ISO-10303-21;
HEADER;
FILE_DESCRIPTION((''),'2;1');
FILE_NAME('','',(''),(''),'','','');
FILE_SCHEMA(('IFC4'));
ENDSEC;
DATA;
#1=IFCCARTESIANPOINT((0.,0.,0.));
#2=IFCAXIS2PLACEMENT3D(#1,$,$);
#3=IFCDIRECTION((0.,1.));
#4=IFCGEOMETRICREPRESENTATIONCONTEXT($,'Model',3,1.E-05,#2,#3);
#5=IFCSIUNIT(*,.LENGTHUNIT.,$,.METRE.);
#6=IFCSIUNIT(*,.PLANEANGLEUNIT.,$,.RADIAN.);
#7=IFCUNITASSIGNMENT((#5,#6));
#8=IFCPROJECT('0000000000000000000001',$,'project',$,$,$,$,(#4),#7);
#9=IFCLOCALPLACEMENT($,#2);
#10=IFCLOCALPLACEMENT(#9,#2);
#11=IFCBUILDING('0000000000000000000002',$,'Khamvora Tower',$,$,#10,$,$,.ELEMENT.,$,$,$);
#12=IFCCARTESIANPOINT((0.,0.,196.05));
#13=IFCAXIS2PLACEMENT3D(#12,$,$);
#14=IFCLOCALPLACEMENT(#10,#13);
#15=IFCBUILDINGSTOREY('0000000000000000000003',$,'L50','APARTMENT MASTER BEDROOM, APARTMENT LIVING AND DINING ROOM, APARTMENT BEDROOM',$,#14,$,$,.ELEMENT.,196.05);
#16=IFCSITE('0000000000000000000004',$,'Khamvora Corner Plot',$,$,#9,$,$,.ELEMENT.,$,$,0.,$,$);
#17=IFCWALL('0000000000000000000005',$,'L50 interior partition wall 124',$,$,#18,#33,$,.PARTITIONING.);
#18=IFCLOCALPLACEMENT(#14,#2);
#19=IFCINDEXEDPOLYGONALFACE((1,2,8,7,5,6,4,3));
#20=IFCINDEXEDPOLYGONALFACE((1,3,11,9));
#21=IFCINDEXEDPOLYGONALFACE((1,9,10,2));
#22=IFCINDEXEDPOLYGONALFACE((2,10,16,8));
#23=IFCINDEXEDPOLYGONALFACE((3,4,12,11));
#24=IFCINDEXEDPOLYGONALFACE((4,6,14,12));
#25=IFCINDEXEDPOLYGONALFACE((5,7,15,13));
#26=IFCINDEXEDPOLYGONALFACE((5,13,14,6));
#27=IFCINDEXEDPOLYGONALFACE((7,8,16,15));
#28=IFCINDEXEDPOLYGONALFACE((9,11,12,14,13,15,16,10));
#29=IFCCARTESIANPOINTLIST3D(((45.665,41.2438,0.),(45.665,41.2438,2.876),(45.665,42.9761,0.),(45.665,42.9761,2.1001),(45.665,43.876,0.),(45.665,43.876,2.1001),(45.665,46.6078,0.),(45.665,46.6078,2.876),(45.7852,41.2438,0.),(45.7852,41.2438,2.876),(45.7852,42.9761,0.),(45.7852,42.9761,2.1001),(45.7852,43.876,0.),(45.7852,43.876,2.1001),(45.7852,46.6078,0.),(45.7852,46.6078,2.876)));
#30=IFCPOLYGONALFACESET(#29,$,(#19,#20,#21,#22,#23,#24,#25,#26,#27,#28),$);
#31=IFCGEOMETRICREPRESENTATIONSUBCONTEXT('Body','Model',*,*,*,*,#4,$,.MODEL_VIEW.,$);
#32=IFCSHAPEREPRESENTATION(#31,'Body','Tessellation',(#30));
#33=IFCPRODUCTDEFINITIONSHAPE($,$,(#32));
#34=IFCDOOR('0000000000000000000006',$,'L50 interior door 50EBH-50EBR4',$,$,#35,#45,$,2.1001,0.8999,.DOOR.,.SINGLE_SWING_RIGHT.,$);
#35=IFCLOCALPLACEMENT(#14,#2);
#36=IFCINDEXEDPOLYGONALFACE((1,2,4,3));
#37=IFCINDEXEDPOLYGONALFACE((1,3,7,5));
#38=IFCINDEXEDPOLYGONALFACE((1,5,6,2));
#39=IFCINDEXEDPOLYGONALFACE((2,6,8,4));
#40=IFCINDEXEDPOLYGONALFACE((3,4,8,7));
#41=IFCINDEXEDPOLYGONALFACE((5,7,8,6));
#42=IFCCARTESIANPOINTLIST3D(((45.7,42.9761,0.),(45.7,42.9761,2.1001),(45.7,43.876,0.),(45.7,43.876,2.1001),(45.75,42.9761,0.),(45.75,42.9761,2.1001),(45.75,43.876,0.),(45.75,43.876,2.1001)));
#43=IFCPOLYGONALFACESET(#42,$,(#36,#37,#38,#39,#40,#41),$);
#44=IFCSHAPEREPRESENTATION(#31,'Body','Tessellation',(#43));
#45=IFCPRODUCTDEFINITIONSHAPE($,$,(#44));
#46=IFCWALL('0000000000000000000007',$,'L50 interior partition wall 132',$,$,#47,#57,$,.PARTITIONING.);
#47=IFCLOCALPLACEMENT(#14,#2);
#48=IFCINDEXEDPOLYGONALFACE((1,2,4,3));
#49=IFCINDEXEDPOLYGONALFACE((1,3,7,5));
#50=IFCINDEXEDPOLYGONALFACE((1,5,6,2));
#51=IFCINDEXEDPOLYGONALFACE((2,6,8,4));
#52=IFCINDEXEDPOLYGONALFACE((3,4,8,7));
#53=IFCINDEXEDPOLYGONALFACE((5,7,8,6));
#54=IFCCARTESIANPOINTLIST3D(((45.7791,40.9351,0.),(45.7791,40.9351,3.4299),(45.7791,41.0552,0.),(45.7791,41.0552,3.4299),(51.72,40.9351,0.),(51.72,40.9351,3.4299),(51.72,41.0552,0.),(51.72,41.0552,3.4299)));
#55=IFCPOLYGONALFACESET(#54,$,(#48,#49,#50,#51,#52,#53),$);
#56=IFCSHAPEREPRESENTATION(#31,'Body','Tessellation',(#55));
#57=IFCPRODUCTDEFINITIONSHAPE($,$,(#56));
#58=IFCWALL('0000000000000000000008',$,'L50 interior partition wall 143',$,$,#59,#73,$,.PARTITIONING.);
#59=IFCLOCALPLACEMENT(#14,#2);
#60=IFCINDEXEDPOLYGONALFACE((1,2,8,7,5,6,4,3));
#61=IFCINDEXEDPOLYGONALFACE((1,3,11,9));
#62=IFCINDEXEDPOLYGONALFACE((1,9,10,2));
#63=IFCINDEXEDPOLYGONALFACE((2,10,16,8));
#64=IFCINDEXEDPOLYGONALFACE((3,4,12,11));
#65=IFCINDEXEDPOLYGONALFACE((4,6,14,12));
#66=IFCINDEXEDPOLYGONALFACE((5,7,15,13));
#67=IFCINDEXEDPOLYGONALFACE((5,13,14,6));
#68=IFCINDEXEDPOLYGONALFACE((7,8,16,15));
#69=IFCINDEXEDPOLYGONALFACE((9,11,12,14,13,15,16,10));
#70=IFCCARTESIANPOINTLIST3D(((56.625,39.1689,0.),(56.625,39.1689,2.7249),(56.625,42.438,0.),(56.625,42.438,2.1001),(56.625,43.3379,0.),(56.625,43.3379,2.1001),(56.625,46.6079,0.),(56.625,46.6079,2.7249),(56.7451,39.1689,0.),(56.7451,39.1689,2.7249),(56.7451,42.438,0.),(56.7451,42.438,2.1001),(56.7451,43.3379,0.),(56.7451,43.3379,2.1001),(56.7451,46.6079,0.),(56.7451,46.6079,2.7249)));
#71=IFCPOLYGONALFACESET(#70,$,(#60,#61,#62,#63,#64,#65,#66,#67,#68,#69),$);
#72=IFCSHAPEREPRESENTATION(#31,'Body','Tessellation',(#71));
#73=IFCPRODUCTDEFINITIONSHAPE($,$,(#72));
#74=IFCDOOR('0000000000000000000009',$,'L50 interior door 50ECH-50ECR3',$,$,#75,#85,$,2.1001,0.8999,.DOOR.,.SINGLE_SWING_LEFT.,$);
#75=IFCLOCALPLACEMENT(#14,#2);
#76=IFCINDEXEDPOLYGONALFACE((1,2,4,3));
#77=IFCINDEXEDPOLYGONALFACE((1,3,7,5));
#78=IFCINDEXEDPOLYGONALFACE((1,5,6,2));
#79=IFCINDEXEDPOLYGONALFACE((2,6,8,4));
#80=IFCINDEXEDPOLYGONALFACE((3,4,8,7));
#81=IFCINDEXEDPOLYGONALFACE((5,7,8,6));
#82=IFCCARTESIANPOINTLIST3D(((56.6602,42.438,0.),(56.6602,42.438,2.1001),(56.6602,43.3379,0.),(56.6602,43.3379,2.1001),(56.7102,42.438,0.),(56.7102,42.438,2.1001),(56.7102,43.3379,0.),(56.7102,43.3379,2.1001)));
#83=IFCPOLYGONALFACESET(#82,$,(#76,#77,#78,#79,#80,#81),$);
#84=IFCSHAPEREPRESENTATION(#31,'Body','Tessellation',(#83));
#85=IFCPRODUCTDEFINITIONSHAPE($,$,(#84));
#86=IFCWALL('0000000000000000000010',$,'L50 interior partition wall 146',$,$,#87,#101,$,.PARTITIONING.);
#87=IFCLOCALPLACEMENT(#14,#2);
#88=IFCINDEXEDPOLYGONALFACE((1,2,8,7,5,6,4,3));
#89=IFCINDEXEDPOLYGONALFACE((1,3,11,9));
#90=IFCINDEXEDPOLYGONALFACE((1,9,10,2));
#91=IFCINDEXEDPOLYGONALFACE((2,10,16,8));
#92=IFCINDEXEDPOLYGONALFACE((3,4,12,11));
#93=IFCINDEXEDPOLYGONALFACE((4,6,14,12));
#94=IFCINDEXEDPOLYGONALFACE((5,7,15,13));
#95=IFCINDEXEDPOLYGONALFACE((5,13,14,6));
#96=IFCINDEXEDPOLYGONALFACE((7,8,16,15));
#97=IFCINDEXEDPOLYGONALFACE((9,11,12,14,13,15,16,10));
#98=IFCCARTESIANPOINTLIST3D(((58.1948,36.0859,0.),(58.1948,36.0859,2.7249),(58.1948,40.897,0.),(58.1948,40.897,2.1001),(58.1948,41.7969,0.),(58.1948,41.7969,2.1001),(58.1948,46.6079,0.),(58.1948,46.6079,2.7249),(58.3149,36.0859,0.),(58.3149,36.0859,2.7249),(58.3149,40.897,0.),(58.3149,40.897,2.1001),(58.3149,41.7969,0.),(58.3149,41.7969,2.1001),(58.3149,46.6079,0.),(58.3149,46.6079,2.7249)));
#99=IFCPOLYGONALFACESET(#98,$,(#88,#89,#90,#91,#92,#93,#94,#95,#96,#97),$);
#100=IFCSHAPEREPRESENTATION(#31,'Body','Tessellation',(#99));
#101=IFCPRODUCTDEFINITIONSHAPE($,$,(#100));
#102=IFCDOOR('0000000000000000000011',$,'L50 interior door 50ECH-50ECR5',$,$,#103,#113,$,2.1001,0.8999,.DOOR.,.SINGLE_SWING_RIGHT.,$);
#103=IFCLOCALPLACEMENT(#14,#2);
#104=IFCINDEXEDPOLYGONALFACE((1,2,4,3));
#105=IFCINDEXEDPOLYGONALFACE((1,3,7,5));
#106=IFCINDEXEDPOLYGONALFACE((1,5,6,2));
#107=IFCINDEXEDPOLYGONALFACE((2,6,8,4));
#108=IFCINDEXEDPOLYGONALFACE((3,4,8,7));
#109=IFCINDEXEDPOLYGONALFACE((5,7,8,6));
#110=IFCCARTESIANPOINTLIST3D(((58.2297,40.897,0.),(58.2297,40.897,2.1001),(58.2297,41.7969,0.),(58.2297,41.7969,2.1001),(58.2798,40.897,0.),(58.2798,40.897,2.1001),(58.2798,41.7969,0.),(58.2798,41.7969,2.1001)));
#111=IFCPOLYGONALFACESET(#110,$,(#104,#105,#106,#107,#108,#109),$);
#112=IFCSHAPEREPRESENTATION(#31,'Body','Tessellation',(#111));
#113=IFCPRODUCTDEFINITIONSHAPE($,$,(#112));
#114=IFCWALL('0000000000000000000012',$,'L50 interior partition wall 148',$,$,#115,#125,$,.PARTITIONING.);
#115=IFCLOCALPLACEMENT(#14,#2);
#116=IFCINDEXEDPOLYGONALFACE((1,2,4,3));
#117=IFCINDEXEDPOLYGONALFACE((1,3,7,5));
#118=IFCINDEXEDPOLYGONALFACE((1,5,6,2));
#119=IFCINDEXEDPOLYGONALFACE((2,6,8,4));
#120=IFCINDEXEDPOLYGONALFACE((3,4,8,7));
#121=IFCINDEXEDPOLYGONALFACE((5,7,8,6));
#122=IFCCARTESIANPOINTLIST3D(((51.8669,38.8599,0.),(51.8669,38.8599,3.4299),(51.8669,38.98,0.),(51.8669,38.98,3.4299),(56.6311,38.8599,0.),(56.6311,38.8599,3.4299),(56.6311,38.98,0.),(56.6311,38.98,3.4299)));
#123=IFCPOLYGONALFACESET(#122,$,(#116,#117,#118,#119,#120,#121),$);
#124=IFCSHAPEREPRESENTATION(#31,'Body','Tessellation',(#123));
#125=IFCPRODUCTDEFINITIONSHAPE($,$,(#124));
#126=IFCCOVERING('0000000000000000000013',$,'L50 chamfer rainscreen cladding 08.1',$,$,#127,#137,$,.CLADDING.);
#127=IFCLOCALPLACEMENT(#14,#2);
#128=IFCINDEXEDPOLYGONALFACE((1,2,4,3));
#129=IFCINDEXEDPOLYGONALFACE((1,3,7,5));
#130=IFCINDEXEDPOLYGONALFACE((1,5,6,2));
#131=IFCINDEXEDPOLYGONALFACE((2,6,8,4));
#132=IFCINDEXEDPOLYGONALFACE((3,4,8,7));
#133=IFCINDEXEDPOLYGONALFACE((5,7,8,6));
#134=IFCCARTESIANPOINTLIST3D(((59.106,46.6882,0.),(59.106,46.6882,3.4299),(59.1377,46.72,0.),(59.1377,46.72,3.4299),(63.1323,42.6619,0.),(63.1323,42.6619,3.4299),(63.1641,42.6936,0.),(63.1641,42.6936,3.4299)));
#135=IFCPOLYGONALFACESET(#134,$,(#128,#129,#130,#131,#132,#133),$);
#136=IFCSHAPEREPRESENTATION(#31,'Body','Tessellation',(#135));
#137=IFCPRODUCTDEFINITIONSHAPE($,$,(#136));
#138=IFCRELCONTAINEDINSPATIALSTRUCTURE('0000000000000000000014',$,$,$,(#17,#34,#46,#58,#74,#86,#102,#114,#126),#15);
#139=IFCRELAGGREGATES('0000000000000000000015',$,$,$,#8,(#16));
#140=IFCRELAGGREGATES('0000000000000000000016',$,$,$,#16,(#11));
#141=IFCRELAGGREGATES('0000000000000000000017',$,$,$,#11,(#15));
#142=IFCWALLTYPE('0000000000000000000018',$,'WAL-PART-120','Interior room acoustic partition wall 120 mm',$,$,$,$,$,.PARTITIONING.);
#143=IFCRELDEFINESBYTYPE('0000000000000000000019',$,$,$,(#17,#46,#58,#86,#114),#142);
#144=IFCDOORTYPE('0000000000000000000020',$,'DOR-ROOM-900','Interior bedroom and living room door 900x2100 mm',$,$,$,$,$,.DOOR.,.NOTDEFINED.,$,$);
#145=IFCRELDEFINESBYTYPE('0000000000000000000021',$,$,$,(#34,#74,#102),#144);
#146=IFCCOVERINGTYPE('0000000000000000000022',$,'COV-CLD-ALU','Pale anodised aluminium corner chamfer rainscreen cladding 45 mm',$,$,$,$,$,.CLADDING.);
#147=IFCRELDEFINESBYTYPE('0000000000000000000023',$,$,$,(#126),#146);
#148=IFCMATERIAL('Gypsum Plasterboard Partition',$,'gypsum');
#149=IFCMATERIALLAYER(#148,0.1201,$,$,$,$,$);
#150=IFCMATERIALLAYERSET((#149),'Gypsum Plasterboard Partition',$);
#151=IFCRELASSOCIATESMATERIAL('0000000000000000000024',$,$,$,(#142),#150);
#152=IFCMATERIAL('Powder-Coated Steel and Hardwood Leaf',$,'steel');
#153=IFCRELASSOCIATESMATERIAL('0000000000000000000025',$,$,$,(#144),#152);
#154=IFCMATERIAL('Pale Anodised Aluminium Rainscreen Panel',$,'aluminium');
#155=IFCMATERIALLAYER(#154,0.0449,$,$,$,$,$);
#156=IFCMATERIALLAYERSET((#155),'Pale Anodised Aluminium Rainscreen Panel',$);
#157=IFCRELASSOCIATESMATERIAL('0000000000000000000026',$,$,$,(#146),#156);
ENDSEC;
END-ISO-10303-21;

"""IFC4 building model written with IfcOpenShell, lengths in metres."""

from ifc_helpers import new_model, si_unit, direction, frame, frame_2d, origin, origin_2d, place, context, subcontext, project, spatial, rectangle, extrude, material, layer, layer_set, type_object, element, fill, save


model = new_model("IFC4")

# Units and contexts
model_context = context("Model", 3, precision=1e-05, world=origin(), true_north=direction((0.0, 1.0)))
body_context = subcontext(model_context, "Body", "Model", "MODEL_VIEW")
ifc_project = project(units=[si_unit("LENGTHUNIT", "METRE"), si_unit("PLANEANGLEUNIT", "RADIAN")], contexts=[model_context])

# Site, building, storey
site_placement = place(None, origin())
site = spatial("IfcSite", under=ifc_project, at=site_placement, Name="Khamvora Corner Plot", CompositionType="ELEMENT", RefElevation=0.0)
building_placement = place(site_placement, origin())
building = spatial("IfcBuilding", under=site, at=building_placement, Name="Khamvora Tower", CompositionType="ELEMENT")
storey_placement = place(building_placement, frame((0.0, 0.0, 196.05)))
storey = spatial("IfcBuildingStorey", under=building, at=storey_placement, Name="L50", Description="APARTMENT MASTER BEDROOM, APARTMENT LIVING AND DINING ROOM, APARTMENT BEDROOM", CompositionType="ELEMENT", Elevation=196.05)

# Wall, opening, door
ifc_material_1 = material(Name="Gypsum Plasterboard Partition", Category="gypsum")
ifc_layer_1 = layer(ifc_material_1, 0.1201)
ifc_layer_set_1 = layer_set([ifc_layer_1], Name="Gypsum Plasterboard Partition")
wall_type_1 = type_object("IfcWallType", Name="WAL-PART-120", Description="Interior room acoustic partition wall 120 mm", PredefinedType="PARTITIONING", material=ifc_layer_set_1)
ifc_material_2 = material(Name="Powder-Coated Steel and Hardwood Leaf", Category="steel")
door_type = type_object("IfcDoorType", Name="DOR-ROOM-900", Description="Interior bedroom and living room door 900x2100 mm", OperationType="NOTDEFINED", PredefinedType="DOOR", material=ifc_material_2)
wall_1_placement = place(storey_placement, frame((45.7251, 46.6079, 0.0), z_axis=(0.0, 0.0, 1.0), x_axis=(0.0, -1.0, 0.0)))
wall_1 = element("IfcWall", 1, at=wall_1_placement, inside=storey, type_object=wall_type_1, Name="L50 interior partition wall 124", PredefinedType="PARTITIONING", context=body_context, shape_type="SweptSolid", body=[
    extrude(rectangle(XDim=5.364, YDim=0.1201, at=frame_2d((2.6821, 0.0))), origin(), (0.0, 0.0, 1.0), 2.876),
])
opening_1_placement = place(wall_1_placement, frame((2.7319, 0.0, 0.0)))
opening_1 = element("IfcOpeningElement", 2, at=opening_1_placement, cuts=wall_1, PredefinedType="OPENING", context=body_context, shape_type="SweptSolid", body=[
    extrude(rectangle(XDim=0.8999, YDim=2.1001, at=frame_2d((0.45, 1.05))), frame((0.0, 0.0701, 0.0), z_axis=(0.0, -1.0, 0.0), x_axis=(1.0, 0.0, 0.0)), (0.0, 0.0, 1.0), 0.1401),
])
door_1_placement = place(opening_1_placement, origin())
door_1 = element("IfcDoor", 3, at=door_1_placement, inside=storey, type_object=door_type, Name="L50 interior door 50EBH-50EBR4", OperationType="SINGLE_SWING_RIGHT", OverallHeight=2.1001, OverallWidth=0.8999, PredefinedType="DOOR", context=body_context, shape_type="SweptSolid", body=[
    extrude(rectangle(XDim=0.8999, YDim=2.1001, at=frame_2d((0.45, 1.05))), frame((0.0, 0.0249, 0.0), z_axis=(0.0, -1.0, 0.0), x_axis=(1.0, 0.0, 0.0)), (0.0, 0.0, 1.0), 0.05),
])
fill(opening_1, door_1)

# Wall
wall_2_placement = place(storey_placement, frame((45.7791, 40.9951, 0.0), z_axis=(0.0, 0.0, 1.0), x_axis=(1.0, 0.0, 0.0)))
element("IfcWall", 4, at=wall_2_placement, inside=storey, type_object=wall_type_1, Name="L50 interior partition wall 132", PredefinedType="PARTITIONING", context=body_context, shape_type="SweptSolid", body=[
    extrude(rectangle(XDim=5.9409, YDim=0.1201, at=frame_2d((2.9705, 0.0))), origin(), (0.0, 0.0, 1.0), 3.4299),
])

# Walls, openings, doors
wall_3_placement = place(storey_placement, frame((56.6851, 39.1689, 0.0), z_axis=(0.0, 0.0, 1.0), x_axis=(0.0, 1.0, 0.0)))
wall_3 = element("IfcWall", 5, at=wall_3_placement, inside=storey, type_object=wall_type_1, Name="L50 interior partition wall 143", PredefinedType="PARTITIONING", context=body_context, shape_type="SweptSolid", body=[
    extrude(rectangle(XDim=7.439, YDim=0.1201, at=frame_2d((3.7195, 0.0))), origin(), (0.0, 0.0, 1.0), 2.7249),
])
opening_2_placement = place(wall_3_placement, frame((3.269, 0.0, 0.0)))
opening_2 = element("IfcOpeningElement", 6, at=opening_2_placement, cuts=wall_3, PredefinedType="OPENING", context=body_context, shape_type="SweptSolid", body=[
    extrude(rectangle(XDim=0.8999, YDim=2.1001, at=frame_2d((0.45, 1.05))), frame((0.0, 0.0701, 0.0), z_axis=(0.0, -1.0, 0.0), x_axis=(1.0, 0.0, 0.0)), (0.0, 0.0, 1.0), 0.1401),
])
door_2_placement = place(opening_2_placement, origin())
door_2 = element("IfcDoor", 7, at=door_2_placement, inside=storey, type_object=door_type, Name="L50 interior door 50ECH-50ECR3", OperationType="SINGLE_SWING_LEFT", OverallHeight=2.1001, OverallWidth=0.8999, PredefinedType="DOOR", context=body_context, shape_type="SweptSolid", body=[
    extrude(rectangle(XDim=0.8999, YDim=2.1001, at=frame_2d((0.45, 1.05))), frame((0.0, 0.0249, 0.0), z_axis=(0.0, -1.0, 0.0), x_axis=(1.0, 0.0, 0.0)), (0.0, 0.0, 1.0), 0.05),
])
fill(opening_2, door_2)
wall_4_placement = place(storey_placement, frame((58.2549, 46.6079, 0.0), z_axis=(0.0, 0.0, 1.0), x_axis=(0.0, -1.0, 0.0)))
wall_4 = element("IfcWall", 8, at=wall_4_placement, inside=storey, type_object=wall_type_1, Name="L50 interior partition wall 146", PredefinedType="PARTITIONING", context=body_context, shape_type="SweptSolid", body=[
    extrude(rectangle(XDim=10.522, YDim=0.1201, at=frame_2d((5.261, 0.0))), origin(), (0.0, 0.0, 1.0), 2.7249),
])
opening_3_placement = place(wall_4_placement, frame((4.811, 0.0, 0.0)))
opening_3 = element("IfcOpeningElement", 9, at=opening_3_placement, cuts=wall_4, PredefinedType="OPENING", context=body_context, shape_type="SweptSolid", body=[
    extrude(rectangle(XDim=0.8999, YDim=2.1001, at=frame_2d((0.45, 1.05))), frame((0.0, 0.0701, 0.0), z_axis=(0.0, -1.0, 0.0), x_axis=(1.0, 0.0, 0.0)), (0.0, 0.0, 1.0), 0.1401),
])
door_3_placement = place(opening_3_placement, origin())
door_3 = element("IfcDoor", 10, at=door_3_placement, inside=storey, type_object=door_type, Name="L50 interior door 50ECH-50ECR5", OperationType="SINGLE_SWING_RIGHT", OverallHeight=2.1001, OverallWidth=0.8999, PredefinedType="DOOR", context=body_context, shape_type="SweptSolid", body=[
    extrude(rectangle(XDim=0.8999, YDim=2.1001, at=frame_2d((0.45, 1.05))), frame((0.0, 0.0249, 0.0), z_axis=(0.0, -1.0, 0.0), x_axis=(1.0, 0.0, 0.0)), (0.0, 0.0, 1.0), 0.05),
])
fill(opening_3, door_3)

# Wall
wall_5_placement = place(storey_placement, frame((51.8669, 38.9199, 0.0), z_axis=(0.0, 0.0, 1.0), x_axis=(1.0, 0.0, 0.0)))
element("IfcWall", 11, at=wall_5_placement, inside=storey, type_object=wall_type_1, Name="L50 interior partition wall 148", PredefinedType="PARTITIONING", context=body_context, shape_type="SweptSolid", body=[
    extrude(rectangle(XDim=4.7642, YDim=0.1201, at=frame_2d((2.3821, 0.0))), origin(), (0.0, 0.0, 1.0), 3.4299),
])

# Covering
ifc_material_3 = material(Name="Pale Anodised Aluminium Rainscreen Panel", Category="aluminium")
ifc_layer_2 = layer(ifc_material_3, 0.0449)
ifc_layer_set_2 = layer_set([ifc_layer_2], Name="Pale Anodised Aluminium Rainscreen Panel")
covering_type = type_object("IfcCoveringType", Name="COV-CLD-ALU", Description="Pale anodised aluminium corner chamfer rainscreen cladding 45 mm", PredefinedType="CLADDING", material=ifc_layer_set_2)
covering_placement = place(storey_placement, frame((61.135, 44.6909, 0.0), z_axis=(0.0, 0.0, 1.0), x_axis=(0.707107, -0.707107, 0.0)))
element("IfcCovering", 12, at=covering_placement, inside=storey, type_object=covering_type, Name="L50 chamfer rainscreen cladding 08.1", PredefinedType="CLADDING", context=body_context, shape_type="SweptSolid", body=[
    extrude(rectangle(XDim=5.6941, YDim=0.0449, at=origin_2d()), origin(), (0.0, 0.0, 1.0), 3.4299),
])

save(model, "model.ifc")
